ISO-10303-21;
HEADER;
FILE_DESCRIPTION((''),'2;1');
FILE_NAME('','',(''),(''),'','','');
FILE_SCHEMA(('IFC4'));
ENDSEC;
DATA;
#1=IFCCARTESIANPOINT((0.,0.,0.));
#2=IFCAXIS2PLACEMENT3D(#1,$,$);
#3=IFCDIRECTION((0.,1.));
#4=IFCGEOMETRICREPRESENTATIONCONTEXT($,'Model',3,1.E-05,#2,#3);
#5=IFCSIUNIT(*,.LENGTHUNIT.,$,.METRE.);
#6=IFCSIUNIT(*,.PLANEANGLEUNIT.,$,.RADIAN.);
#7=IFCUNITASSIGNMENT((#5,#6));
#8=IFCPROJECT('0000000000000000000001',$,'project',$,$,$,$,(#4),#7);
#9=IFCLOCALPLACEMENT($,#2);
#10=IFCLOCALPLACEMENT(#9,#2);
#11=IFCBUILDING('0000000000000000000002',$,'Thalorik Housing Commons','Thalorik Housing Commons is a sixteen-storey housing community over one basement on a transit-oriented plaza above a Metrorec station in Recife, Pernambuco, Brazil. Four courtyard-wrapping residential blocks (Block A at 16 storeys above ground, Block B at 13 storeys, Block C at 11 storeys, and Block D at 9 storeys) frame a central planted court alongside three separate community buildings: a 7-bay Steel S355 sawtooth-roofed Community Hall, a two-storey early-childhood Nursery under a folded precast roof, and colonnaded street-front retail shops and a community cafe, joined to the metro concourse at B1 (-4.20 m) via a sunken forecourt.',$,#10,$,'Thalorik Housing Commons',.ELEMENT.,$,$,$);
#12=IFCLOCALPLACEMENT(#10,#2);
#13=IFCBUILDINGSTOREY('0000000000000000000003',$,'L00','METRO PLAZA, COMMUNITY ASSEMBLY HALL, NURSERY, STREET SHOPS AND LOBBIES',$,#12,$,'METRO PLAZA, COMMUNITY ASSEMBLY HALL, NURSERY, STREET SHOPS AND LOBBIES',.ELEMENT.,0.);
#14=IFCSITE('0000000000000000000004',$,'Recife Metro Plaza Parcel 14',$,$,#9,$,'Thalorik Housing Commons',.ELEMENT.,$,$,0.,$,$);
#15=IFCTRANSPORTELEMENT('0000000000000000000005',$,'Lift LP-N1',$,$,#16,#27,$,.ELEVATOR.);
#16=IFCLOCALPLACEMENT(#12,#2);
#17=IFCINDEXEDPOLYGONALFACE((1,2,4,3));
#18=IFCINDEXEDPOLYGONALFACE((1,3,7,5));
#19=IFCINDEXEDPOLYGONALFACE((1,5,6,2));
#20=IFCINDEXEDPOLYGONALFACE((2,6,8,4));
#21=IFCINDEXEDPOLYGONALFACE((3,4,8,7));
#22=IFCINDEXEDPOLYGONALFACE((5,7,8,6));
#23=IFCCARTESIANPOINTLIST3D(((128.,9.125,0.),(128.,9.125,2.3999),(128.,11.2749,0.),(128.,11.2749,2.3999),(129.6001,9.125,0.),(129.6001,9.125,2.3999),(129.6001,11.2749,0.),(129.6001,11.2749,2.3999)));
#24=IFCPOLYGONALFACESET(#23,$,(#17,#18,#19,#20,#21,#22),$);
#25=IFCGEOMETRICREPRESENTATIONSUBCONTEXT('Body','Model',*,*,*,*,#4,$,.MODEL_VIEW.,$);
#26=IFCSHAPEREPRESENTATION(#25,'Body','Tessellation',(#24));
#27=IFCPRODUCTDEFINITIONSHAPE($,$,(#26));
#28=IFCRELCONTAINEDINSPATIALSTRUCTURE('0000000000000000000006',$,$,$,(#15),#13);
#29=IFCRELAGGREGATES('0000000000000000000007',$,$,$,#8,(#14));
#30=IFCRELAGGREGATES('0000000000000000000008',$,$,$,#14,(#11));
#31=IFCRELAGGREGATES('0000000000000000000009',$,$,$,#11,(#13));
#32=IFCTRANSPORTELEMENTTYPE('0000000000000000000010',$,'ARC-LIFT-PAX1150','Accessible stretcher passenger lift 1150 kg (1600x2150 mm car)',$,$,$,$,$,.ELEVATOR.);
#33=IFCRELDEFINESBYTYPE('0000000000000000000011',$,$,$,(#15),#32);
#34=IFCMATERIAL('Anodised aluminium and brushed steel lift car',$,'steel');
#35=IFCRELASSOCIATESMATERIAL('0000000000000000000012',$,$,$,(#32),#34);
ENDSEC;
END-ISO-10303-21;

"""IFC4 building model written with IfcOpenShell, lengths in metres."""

from ifc_helpers import new_model, si_unit, direction, frame, origin, origin_2d, place, context, subcontext, project, spatial, rectangle, extrude, material, type_object, element, save


model = new_model("IFC4")

# Units and contexts
model_context = context("Model", 3, precision=1e-05, world=origin(), true_north=direction((0.0, 1.0)))
body_context = subcontext(model_context, "Body", "Model", "MODEL_VIEW")
ifc_project = project(units=[si_unit("LENGTHUNIT", "METRE"), si_unit("PLANEANGLEUNIT", "RADIAN")], contexts=[model_context])

# Site, building, storey
site_placement = place(None, origin())
site = spatial("IfcSite", under=ifc_project, at=site_placement, Name="Recife Metro Plaza Parcel 14", LongName="Thalorik Housing Commons", CompositionType="ELEMENT", RefElevation=0.0)
building_placement = place(site_placement, origin())
building = spatial("IfcBuilding", under=site, at=building_placement, Name="Thalorik Housing Commons", Description="Thalorik Housing Commons is a sixteen-storey housing community over one basement on a transit-oriented plaza above a Metrorec station in Recife, Pernambuco, Brazil. Four courtyard-wrapping residential blocks (Block A at 16 storeys above ground, Block B at 13 storeys, Block C at 11 storeys, and Block D at 9 storeys) frame a central planted court alongside three separate community buildings: a 7-bay Steel S355 sawtooth-roofed Community Hall, a two-storey early-childhood Nursery under a folded precast roof, and colonnaded street-front retail shops and a community cafe, joined to the metro concourse at B1 (-4.20 m) via a sunken forecourt.", LongName="Thalorik Housing Commons", CompositionType="ELEMENT")
storey_placement = place(building_placement, origin())
storey = spatial("IfcBuildingStorey", under=building, at=storey_placement, Name="L00", Description="METRO PLAZA, COMMUNITY ASSEMBLY HALL, NURSERY, STREET SHOPS AND LOBBIES", LongName="METRO PLAZA, COMMUNITY ASSEMBLY HALL, NURSERY, STREET SHOPS AND LOBBIES", CompositionType="ELEMENT", Elevation=0.0)

# Transport element
ifc_material_1 = material(Name="Anodised aluminium and brushed steel lift car", Category="steel")
transport_element_type = type_object("IfcTransportElementType", Name="ARC-LIFT-PAX1150", Description="Accessible stretcher passenger lift 1150 kg (1600x2150 mm car)", PredefinedType="ELEVATOR", material=ifc_material_1)
transport_element_placement = place(storey_placement, frame((128.8, 10.2, 0.0), z_axis=(0.0, 0.0, 1.0), x_axis=(1.0, 0.0, 0.0)))
element("IfcTransportElement", 1, at=transport_element_placement, inside=storey, type_object=transport_element_type, Name="Lift LP-N1", PredefinedType="ELEVATOR", context=body_context, shape_type="SweptSolid", body=[
    extrude(rectangle(XDim=1.6001, YDim=2.1499, at=origin_2d()), origin(), (0.0, 0.0, 1.0), 2.3999),
])

save(model, "model.ifc")
